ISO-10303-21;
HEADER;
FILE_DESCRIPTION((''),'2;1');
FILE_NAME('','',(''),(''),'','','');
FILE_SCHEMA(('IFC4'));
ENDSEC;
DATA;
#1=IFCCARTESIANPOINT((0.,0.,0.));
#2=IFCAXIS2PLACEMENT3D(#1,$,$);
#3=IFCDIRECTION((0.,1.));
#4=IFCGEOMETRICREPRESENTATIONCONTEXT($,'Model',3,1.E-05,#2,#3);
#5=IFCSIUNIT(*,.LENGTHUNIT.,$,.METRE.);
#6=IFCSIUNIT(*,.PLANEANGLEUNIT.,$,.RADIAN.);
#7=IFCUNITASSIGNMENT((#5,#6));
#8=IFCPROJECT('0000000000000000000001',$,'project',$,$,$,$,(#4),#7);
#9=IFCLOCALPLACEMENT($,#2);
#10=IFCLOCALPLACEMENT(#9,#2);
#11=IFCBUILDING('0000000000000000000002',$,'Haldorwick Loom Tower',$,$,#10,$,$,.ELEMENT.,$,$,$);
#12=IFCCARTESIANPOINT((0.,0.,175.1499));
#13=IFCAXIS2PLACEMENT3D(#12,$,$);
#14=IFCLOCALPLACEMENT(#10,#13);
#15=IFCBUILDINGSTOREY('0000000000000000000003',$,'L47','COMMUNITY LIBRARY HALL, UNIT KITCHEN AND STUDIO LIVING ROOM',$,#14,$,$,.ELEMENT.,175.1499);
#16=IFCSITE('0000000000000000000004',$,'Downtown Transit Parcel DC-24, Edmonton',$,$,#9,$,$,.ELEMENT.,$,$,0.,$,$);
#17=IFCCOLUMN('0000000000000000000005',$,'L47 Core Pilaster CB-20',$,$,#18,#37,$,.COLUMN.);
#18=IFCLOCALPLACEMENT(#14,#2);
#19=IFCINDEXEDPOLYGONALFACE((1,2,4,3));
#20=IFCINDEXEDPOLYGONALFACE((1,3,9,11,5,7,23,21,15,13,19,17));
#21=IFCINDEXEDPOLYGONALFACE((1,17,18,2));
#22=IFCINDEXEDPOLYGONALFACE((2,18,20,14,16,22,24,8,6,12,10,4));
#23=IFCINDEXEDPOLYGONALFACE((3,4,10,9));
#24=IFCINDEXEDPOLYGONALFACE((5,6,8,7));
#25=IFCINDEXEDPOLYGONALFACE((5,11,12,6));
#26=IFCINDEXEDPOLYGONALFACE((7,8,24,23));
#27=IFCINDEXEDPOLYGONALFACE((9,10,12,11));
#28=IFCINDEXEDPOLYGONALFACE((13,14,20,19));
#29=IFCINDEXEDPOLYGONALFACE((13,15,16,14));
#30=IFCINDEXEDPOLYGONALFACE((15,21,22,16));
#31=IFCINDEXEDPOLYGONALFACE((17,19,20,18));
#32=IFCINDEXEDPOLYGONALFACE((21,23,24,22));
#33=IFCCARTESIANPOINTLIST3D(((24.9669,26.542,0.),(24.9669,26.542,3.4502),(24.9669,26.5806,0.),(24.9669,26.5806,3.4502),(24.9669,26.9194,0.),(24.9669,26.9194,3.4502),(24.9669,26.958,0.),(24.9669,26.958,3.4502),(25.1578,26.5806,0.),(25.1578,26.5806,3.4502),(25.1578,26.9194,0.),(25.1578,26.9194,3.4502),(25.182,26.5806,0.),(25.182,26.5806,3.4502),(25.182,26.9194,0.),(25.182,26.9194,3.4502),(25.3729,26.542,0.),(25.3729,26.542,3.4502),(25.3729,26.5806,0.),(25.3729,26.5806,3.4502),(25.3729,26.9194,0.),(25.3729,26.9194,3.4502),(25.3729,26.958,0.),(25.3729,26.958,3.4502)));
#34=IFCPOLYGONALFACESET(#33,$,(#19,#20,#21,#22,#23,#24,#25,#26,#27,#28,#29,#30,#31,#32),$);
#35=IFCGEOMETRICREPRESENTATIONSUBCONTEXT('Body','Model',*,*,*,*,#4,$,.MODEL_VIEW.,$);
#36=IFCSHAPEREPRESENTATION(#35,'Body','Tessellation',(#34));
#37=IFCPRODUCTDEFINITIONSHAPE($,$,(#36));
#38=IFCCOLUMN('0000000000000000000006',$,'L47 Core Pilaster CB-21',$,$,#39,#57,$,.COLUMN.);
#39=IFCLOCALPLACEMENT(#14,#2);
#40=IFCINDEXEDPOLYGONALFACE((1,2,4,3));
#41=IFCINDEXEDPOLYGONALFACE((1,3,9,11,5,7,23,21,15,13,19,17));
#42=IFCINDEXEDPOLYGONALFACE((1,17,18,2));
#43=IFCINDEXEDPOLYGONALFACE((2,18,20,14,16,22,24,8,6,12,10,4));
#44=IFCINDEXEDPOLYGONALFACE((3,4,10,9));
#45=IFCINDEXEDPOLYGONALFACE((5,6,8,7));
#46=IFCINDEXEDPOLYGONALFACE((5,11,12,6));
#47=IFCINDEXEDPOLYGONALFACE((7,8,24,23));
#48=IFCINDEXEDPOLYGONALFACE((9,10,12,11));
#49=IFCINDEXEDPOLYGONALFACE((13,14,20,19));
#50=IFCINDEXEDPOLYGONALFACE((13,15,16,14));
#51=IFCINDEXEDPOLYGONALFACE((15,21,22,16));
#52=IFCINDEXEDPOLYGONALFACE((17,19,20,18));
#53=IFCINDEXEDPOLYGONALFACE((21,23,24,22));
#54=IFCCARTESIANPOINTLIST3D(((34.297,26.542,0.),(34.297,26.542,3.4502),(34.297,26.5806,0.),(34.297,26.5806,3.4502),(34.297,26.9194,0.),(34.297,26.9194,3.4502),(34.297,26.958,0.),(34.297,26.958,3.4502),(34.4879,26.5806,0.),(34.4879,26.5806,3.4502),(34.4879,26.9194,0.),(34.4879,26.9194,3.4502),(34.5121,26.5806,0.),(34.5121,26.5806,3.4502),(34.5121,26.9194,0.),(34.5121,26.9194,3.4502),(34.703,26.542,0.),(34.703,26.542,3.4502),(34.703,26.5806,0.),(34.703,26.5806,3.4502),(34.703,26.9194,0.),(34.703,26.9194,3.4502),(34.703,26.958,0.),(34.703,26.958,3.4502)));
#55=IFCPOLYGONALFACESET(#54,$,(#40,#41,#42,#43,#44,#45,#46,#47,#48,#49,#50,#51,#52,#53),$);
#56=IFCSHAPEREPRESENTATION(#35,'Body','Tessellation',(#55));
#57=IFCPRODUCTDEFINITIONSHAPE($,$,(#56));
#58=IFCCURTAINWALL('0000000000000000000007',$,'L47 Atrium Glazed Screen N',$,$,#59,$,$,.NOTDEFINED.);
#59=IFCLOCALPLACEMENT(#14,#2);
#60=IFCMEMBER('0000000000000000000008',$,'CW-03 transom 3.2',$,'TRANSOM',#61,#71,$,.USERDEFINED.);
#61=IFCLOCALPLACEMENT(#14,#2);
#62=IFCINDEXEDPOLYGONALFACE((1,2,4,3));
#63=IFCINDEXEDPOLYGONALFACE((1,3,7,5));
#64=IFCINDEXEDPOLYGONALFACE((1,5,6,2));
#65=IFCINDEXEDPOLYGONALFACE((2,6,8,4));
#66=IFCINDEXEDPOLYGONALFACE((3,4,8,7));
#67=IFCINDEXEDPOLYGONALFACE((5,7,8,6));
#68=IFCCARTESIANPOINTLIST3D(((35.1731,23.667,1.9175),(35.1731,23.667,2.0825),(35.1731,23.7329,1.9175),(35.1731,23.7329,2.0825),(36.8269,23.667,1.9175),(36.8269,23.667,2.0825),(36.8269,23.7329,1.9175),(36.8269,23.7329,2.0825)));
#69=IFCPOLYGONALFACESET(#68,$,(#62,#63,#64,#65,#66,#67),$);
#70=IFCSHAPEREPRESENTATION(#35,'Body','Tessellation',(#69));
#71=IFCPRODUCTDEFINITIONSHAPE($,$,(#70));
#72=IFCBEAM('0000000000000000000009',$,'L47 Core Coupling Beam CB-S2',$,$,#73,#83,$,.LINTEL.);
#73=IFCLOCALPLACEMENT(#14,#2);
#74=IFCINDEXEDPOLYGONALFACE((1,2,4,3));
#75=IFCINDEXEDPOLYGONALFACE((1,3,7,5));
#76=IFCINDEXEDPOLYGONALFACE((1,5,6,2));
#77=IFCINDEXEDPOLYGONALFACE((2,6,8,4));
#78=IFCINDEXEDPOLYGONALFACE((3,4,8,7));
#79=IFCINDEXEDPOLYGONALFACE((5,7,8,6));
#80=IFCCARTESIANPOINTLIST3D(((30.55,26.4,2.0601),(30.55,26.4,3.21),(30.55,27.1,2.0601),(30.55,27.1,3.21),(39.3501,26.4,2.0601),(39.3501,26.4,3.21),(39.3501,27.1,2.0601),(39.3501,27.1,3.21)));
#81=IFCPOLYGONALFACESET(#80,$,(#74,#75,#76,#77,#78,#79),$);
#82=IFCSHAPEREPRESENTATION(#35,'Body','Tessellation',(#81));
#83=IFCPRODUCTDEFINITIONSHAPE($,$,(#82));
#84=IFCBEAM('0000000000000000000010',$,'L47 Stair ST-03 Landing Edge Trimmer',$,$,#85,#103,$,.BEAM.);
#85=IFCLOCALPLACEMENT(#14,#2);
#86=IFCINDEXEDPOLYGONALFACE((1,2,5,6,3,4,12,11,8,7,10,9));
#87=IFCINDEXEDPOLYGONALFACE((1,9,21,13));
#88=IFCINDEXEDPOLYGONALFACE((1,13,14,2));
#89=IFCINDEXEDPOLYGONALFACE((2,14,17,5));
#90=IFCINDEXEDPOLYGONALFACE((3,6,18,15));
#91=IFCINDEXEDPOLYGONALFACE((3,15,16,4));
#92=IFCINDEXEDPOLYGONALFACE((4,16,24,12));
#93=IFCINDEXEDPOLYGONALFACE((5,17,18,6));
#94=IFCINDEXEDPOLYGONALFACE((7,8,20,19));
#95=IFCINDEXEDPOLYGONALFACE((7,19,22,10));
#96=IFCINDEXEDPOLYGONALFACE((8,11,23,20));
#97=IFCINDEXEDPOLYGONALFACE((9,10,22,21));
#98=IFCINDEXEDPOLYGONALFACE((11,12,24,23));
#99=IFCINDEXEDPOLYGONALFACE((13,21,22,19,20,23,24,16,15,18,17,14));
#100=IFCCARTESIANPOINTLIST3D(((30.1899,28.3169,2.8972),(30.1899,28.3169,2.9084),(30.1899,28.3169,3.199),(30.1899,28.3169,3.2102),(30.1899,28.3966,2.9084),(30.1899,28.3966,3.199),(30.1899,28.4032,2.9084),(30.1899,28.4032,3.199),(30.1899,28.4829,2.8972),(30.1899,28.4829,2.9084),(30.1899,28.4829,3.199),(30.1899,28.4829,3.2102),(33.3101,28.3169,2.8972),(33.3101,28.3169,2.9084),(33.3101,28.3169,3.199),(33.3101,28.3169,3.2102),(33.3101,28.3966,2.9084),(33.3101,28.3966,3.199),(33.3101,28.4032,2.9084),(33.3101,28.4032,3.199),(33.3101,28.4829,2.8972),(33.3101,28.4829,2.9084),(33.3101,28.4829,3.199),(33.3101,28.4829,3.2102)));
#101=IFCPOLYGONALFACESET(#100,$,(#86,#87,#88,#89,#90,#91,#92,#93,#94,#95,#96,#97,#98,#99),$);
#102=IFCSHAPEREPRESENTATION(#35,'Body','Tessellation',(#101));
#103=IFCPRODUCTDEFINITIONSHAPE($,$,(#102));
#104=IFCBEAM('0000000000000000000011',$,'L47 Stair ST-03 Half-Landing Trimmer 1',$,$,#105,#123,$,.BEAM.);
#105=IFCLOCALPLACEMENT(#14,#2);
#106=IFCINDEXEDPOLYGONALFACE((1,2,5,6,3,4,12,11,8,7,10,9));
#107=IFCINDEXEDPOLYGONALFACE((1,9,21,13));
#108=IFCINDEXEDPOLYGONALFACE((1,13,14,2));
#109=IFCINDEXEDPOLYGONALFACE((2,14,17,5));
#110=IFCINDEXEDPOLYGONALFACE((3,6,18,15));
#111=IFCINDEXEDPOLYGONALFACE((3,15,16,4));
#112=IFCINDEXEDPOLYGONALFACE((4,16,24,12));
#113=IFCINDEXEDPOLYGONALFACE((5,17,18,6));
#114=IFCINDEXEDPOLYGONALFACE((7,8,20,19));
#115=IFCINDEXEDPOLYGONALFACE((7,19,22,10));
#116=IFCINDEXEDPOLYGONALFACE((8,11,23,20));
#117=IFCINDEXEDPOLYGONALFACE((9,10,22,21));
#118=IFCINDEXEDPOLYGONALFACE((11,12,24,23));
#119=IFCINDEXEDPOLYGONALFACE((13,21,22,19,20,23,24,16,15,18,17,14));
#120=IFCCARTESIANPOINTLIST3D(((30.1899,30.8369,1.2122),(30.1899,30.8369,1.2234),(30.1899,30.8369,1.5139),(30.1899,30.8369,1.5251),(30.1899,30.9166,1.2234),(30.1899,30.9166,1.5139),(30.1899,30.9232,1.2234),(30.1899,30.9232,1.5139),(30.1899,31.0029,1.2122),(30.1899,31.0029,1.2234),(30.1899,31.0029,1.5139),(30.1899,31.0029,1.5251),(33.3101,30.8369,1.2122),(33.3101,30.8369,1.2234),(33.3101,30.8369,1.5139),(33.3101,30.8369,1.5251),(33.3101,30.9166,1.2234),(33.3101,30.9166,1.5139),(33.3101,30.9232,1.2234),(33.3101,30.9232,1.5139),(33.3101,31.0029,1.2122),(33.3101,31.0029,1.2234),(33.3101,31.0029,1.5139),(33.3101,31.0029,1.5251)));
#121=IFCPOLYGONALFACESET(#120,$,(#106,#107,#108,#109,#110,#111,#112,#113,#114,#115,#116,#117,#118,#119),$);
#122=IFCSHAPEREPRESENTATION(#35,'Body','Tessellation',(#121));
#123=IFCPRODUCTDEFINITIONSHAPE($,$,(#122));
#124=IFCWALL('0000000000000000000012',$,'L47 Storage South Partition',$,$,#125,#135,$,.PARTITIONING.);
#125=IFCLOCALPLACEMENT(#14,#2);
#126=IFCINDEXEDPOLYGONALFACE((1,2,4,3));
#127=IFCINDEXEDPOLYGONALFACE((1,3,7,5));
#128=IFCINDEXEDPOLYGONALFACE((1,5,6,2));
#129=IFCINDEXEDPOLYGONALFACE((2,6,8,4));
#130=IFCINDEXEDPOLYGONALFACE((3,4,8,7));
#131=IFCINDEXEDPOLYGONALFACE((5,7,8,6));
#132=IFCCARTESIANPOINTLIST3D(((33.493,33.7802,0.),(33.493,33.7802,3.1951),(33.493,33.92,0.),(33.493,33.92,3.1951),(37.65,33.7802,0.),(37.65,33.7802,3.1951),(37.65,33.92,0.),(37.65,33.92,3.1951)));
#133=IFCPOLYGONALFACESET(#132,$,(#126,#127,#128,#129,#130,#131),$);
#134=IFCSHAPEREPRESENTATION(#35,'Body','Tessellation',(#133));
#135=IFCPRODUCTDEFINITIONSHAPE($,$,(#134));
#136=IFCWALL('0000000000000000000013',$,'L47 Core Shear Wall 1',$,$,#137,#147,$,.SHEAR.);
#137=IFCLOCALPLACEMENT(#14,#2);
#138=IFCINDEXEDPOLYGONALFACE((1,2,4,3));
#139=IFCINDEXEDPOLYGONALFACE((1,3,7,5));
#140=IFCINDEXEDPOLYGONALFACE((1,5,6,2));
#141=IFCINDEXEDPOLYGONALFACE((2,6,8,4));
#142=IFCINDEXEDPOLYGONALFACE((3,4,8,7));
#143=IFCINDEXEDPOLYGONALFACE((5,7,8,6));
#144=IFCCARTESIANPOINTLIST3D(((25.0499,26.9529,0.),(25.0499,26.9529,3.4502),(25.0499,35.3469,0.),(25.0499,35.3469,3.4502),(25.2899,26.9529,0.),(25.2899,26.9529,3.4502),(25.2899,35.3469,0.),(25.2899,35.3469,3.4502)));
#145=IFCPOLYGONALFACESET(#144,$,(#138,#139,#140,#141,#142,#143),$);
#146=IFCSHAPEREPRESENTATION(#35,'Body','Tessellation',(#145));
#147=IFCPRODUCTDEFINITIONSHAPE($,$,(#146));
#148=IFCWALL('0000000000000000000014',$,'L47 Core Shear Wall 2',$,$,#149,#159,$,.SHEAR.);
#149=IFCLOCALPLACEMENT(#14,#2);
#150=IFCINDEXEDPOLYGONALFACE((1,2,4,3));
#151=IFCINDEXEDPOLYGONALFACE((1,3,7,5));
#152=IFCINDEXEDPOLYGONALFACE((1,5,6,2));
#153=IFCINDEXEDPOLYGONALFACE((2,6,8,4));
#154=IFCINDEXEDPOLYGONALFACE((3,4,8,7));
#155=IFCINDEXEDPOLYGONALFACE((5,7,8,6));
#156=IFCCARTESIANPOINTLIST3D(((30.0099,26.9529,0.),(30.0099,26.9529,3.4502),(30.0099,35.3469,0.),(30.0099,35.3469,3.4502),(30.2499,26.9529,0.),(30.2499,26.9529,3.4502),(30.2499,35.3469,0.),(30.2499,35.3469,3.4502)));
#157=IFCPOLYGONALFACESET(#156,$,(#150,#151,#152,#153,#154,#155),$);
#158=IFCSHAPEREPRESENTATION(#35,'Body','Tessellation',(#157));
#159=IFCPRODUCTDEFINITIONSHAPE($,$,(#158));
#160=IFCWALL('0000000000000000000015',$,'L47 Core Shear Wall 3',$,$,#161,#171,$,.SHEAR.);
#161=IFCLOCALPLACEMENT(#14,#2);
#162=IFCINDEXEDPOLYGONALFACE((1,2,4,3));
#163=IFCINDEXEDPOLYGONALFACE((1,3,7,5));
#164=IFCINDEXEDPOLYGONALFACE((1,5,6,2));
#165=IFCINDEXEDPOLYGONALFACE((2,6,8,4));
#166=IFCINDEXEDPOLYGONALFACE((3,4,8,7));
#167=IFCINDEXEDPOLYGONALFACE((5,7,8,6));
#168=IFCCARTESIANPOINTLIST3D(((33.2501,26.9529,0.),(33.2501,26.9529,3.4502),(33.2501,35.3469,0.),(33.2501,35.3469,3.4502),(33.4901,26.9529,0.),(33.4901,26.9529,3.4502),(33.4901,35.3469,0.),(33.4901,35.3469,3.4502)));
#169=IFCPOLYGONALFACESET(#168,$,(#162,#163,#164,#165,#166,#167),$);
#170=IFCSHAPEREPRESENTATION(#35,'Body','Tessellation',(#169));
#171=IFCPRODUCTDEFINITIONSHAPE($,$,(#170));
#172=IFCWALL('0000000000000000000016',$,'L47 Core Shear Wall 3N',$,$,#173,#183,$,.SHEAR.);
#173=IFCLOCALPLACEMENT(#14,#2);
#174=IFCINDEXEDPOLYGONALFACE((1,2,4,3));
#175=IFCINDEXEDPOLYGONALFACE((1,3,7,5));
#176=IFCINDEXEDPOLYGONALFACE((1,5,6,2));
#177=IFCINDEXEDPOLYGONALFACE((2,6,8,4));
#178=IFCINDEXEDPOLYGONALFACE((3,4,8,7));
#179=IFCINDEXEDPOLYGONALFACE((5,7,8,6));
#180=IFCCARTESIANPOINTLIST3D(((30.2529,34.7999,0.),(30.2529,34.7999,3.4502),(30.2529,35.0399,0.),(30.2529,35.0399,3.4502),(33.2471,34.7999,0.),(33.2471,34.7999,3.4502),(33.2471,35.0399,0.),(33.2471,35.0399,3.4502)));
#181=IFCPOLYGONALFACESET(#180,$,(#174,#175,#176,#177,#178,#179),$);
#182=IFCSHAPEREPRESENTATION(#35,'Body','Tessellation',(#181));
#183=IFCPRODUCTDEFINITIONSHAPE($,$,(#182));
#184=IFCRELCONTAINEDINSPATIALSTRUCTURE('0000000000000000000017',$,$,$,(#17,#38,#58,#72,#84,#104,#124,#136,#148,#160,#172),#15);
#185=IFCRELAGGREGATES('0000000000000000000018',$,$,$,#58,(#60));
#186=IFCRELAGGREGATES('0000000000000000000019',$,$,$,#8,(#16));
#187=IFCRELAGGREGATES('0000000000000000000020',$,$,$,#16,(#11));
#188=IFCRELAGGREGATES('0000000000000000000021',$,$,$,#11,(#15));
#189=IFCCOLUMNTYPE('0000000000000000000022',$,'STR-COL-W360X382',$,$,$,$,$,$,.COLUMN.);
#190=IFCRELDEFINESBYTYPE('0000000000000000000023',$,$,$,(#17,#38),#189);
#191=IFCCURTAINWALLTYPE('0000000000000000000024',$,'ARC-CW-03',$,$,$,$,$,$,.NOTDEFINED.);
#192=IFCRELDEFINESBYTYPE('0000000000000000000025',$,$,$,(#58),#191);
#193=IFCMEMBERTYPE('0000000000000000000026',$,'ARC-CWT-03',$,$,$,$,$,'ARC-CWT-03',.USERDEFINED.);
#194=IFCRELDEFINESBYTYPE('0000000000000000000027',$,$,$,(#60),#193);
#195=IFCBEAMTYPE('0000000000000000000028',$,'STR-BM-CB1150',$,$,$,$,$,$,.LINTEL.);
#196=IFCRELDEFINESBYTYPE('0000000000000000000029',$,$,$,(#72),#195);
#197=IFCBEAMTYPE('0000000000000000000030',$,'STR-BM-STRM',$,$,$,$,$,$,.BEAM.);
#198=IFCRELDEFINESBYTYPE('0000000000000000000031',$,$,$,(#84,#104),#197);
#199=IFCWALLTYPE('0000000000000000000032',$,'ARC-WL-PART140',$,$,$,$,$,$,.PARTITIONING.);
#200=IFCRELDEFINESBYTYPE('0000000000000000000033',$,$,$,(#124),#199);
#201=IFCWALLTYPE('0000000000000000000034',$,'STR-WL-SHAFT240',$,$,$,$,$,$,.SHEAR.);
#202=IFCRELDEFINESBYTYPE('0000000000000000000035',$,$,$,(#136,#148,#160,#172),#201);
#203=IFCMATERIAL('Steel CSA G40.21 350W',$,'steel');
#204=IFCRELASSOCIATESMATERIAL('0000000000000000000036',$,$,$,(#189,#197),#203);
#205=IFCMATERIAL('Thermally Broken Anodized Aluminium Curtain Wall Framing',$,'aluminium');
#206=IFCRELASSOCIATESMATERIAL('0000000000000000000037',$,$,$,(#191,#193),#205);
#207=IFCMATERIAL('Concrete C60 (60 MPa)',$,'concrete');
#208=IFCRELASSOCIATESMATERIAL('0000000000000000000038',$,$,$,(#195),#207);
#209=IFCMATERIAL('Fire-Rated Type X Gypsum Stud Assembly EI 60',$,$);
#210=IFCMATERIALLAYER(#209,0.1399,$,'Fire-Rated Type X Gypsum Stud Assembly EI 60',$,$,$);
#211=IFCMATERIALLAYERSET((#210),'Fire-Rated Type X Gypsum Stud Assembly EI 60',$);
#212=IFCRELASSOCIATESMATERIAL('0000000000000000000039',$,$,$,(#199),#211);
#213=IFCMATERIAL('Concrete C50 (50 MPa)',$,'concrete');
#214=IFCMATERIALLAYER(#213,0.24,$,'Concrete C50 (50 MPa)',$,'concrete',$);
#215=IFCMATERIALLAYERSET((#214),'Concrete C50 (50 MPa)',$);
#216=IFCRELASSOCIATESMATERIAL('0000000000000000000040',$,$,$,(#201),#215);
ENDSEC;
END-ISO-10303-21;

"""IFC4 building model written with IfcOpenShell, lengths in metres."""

from ifc_helpers import new_model, si_unit, direction, frame, frame_2d, origin, origin_2d, place, context, subcontext, project, spatial, rectangle, i_section, extrude, material, layer, layer_set, material_profile, profile_set, type_object, element, aggregate, save


model = new_model("IFC4")

# Units and contexts
model_context = context("Model", 3, precision=1e-05, world=origin(), true_north=direction((0.0, 1.0)))
body_context = subcontext(model_context, "Body", "Model", "MODEL_VIEW")
ifc_project = project(units=[si_unit("LENGTHUNIT", "METRE"), si_unit("PLANEANGLEUNIT", "RADIAN")], contexts=[model_context])

# Site, building, storey
site_placement = place(None, origin())
site = spatial("IfcSite", under=ifc_project, at=site_placement, Name="Downtown Transit Parcel DC-24, Edmonton", CompositionType="ELEMENT", RefElevation=0.0)
building_placement = place(site_placement, origin())
building = spatial("IfcBuilding", under=site, at=building_placement, Name="Haldorwick Loom Tower", CompositionType="ELEMENT")
storey_placement = place(building_placement, frame((0.0, 0.0, 175.1499)))
storey = spatial("IfcBuildingStorey", under=building, at=storey_placement, Name="L47", Description="COMMUNITY LIBRARY HALL, UNIT KITCHEN AND STUDIO LIVING ROOM", CompositionType="ELEMENT", Elevation=175.1499)

# Columns
ifc_material_1 = material(Name="Steel CSA G40.21 350W", Category="steel")
ifc_material_profile_1 = material_profile(ifc_material_1, i_section(OverallWidth=0.406, OverallDepth=0.416, WebThickness=0.0242, FlangeThickness=0.0386, at=origin_2d()), Name="W360X382", Category="steel")
ifc_profile_set_1 = profile_set([ifc_material_profile_1], Name="Steel CSA G40.21 350W")
column_type = type_object("IfcColumnType", Name="STR-COL-W360X382", PredefinedType="COLUMN", material=ifc_profile_set_1)
for number, where, z_axis, x_axis, name in (
    (1, (25.1699, 26.75, 0.0), (0.0, 0.0, 1.0), (1.0, 0.0, 0.0), "L47 Core Pilaster CB-20"),
    (2, (34.5, 26.75, 0.0), (0.0, 0.0, 1.0), (1.0, 0.0, 0.0), "L47 Core Pilaster CB-21"),
):
    element("IfcColumn", number, at=place(storey_placement, frame(where, z_axis=z_axis, x_axis=x_axis)), inside=storey, type_object=column_type, Name=name, PredefinedType="COLUMN", context=body_context, shape_type="SweptSolid", body=[
        extrude(i_section(OverallWidth=0.406, OverallDepth=0.416, WebThickness=0.0242, FlangeThickness=0.0386, at=origin_2d()), origin(), (0.0, 0.0, 1.0), 3.4502),
    ])

# Curtain wall, member
ifc_material_2 = material(Name="Thermally Broken Anodized Aluminium Curtain Wall Framing", Category="aluminium")
curtain_wall_type = type_object("IfcCurtainWallType", Name="ARC-CW-03", PredefinedType="NOTDEFINED", material=ifc_material_2)
curtain_wall_placement = place(storey_placement, origin())
curtain_wall = element("IfcCurtainWall", 3, at=curtain_wall_placement, inside=storey, type_object=curtain_wall_type, Name="L47 Atrium Glazed Screen N", PredefinedType="NOTDEFINED")
ifc_material_profile_2 = material_profile(ifc_material_2, rectangle(XDim=0.0659, YDim=0.165, at=origin_2d()), Name="ALU_TRN_66X165", Category="aluminium")
ifc_profile_set_2 = profile_set([ifc_material_profile_2], Name="Thermally Broken Anodized Aluminium Curtain Wall Framing")
member_type = type_object("IfcMemberType", Name="ARC-CWT-03", ElementType="ARC-CWT-03", PredefinedType="USERDEFINED", material=ifc_profile_set_2)
member_placement = place(storey_placement, frame((35.1731, 23.7, 2.0), z_axis=(1.0, 0.0, 0.0), x_axis=(0.0, 1.0, 0.0)))
member = element("IfcMember", 4, at=member_placement, type_object=member_type, Name="CW-03 transom 3.2", ObjectType="TRANSOM", PredefinedType="USERDEFINED", context=body_context, shape_type="SweptSolid", body=[
    extrude(rectangle(XDim=0.0659, YDim=0.165, at=origin_2d()), origin(), (0.0, 0.0, 1.0), 1.6538),
])
aggregate(curtain_wall, [member])

# Beams
ifc_material_3 = material(Name="Concrete C60 (60 MPa)", Category="concrete")
ifc_material_profile_3 = material_profile(ifc_material_3, rectangle(XDim=0.7, YDim=1.1499, at=origin_2d()), Name="RC700X1150", Category="concrete")
ifc_profile_set_3 = profile_set([ifc_material_profile_3], Name="Concrete C60 (60 MPa)")
beam_type_1 = type_object("IfcBeamType", Name="STR-BM-CB1150", PredefinedType="LINTEL", material=ifc_profile_set_3)
beam_placement = place(storey_placement, frame((30.55, 26.75, 2.635), z_axis=(1.0, 0.0, 0.0), x_axis=(0.0, 1.0, 0.0)))
element("IfcBeam", 5, at=beam_placement, inside=storey, type_object=beam_type_1, Name="L47 Core Coupling Beam CB-S2", PredefinedType="LINTEL", context=body_context, shape_type="SweptSolid", body=[
    extrude(rectangle(XDim=0.7, YDim=1.1499, at=origin_2d()), origin(), (0.0, 0.0, 1.0), 8.8),
])
ifc_material_profile_4 = material_profile(ifc_material_1, i_section(OverallWidth=0.166, OverallDepth=0.313, WebThickness=0.0066, FlangeThickness=0.0112, at=origin_2d()), Name="W310X45", Category="steel")
ifc_profile_set_4 = profile_set([ifc_material_profile_4], Name="Steel CSA G40.21 350W")
beam_type_2 = type_object("IfcBeamType", Name="STR-BM-STRM", PredefinedType="BEAM", material=ifc_profile_set_4)
for number, where, z_axis, x_axis, name in (
    (6, (30.1899, 28.3999, 3.0537), (1.0, 0.0, 0.0), (0.0, 1.0, 0.0), "L47 Stair ST-03 Landing Edge Trimmer"),
    (7, (30.1899, 30.9199, 1.3687), (1.0, 0.0, 0.0), (0.0, 1.0, 0.0), "L47 Stair ST-03 Half-Landing Trimmer 1"),
):
    element("IfcBeam", number, at=place(storey_placement, frame(where, z_axis=z_axis, x_axis=x_axis)), inside=storey, type_object=beam_type_2, Name=name, PredefinedType="BEAM", context=body_context, shape_type="SweptSolid", body=[
        extrude(i_section(OverallWidth=0.166, OverallDepth=0.313, WebThickness=0.0066, FlangeThickness=0.0112, at=origin_2d()), origin(), (0.0, 0.0, 1.0), 3.1201),
    ])

# Walls
ifc_material_4 = material(Name="Fire-Rated Type X Gypsum Stud Assembly EI 60")
ifc_layer_1 = layer(ifc_material_4, 0.1399, Name="Fire-Rated Type X Gypsum Stud Assembly EI 60")
ifc_layer_set_1 = layer_set([ifc_layer_1], Name="Fire-Rated Type X Gypsum Stud Assembly EI 60")
wall_type_1 = type_object("IfcWallType", Name="ARC-WL-PART140", PredefinedType="PARTITIONING", material=ifc_layer_set_1)
wall_1_placement = place(storey_placement, frame((33.4929, 33.8501, 0.0), z_axis=(0.0, 0.0, 1.0), x_axis=(1.0, 0.0, 0.0)))
element("IfcWall", 8, at=wall_1_placement, inside=storey, type_object=wall_type_1, Name="L47 Storage South Partition", PredefinedType="PARTITIONING", context=body_context, shape_type="SweptSolid", body=[
    extrude(rectangle(XDim=4.157, YDim=0.1399, at=frame_2d((2.0786, 0.0))), origin(), (0.0, 0.0, 1.0), 3.1951),
])
ifc_material_5 = material(Name="Concrete C50 (50 MPa)", Category="concrete")
ifc_layer_2 = layer(ifc_material_5, 0.24, Name="Concrete C50 (50 MPa)", Category="concrete")
ifc_layer_set_2 = layer_set([ifc_layer_2], Name="Concrete C50 (50 MPa)")
wall_type_2 = type_object("IfcWallType", Name="STR-WL-SHAFT240", PredefinedType="SHEAR", material=ifc_layer_set_2)
for number, where, z_axis, x_axis, name in (
    (9, (25.1699, 26.9529, 0.0), (0.0, 0.0, 1.0), (0.0, 1.0, 0.0), "L47 Core Shear Wall 1"),
    (10, (30.1299, 26.9529, 0.0), (0.0, 0.0, 1.0), (0.0, 1.0, 0.0), "L47 Core Shear Wall 2"),
    (11, (33.3701, 26.9529, 0.0), (0.0, 0.0, 1.0), (0.0, 1.0, 0.0), "L47 Core Shear Wall 3"),
):
    element("IfcWall", number, at=place(storey_placement, frame(where, z_axis=z_axis, x_axis=x_axis)), inside=storey, type_object=wall_type_2, Name=name, PredefinedType="SHEAR", context=body_context, shape_type="SweptSolid", body=[
        extrude(rectangle(XDim=8.394, YDim=0.24, at=frame_2d((4.197, 0.0))), origin(), (0.0, 0.0, 1.0), 3.4502),
    ])
wall_2_placement = place(storey_placement, frame((30.2529, 34.9199, 0.0), z_axis=(0.0, 0.0, 1.0), x_axis=(1.0, 0.0, 0.0)))
element("IfcWall", 12, at=wall_2_placement, inside=storey, type_object=wall_type_2, Name="L47 Core Shear Wall 3N", PredefinedType="SHEAR", context=body_context, shape_type="SweptSolid", body=[
    extrude(rectangle(XDim=2.9941, YDim=0.24, at=frame_2d((1.4971, 0.0))), origin(), (0.0, 0.0, 1.0), 3.4502),
])

save(model, "model.ifc")
